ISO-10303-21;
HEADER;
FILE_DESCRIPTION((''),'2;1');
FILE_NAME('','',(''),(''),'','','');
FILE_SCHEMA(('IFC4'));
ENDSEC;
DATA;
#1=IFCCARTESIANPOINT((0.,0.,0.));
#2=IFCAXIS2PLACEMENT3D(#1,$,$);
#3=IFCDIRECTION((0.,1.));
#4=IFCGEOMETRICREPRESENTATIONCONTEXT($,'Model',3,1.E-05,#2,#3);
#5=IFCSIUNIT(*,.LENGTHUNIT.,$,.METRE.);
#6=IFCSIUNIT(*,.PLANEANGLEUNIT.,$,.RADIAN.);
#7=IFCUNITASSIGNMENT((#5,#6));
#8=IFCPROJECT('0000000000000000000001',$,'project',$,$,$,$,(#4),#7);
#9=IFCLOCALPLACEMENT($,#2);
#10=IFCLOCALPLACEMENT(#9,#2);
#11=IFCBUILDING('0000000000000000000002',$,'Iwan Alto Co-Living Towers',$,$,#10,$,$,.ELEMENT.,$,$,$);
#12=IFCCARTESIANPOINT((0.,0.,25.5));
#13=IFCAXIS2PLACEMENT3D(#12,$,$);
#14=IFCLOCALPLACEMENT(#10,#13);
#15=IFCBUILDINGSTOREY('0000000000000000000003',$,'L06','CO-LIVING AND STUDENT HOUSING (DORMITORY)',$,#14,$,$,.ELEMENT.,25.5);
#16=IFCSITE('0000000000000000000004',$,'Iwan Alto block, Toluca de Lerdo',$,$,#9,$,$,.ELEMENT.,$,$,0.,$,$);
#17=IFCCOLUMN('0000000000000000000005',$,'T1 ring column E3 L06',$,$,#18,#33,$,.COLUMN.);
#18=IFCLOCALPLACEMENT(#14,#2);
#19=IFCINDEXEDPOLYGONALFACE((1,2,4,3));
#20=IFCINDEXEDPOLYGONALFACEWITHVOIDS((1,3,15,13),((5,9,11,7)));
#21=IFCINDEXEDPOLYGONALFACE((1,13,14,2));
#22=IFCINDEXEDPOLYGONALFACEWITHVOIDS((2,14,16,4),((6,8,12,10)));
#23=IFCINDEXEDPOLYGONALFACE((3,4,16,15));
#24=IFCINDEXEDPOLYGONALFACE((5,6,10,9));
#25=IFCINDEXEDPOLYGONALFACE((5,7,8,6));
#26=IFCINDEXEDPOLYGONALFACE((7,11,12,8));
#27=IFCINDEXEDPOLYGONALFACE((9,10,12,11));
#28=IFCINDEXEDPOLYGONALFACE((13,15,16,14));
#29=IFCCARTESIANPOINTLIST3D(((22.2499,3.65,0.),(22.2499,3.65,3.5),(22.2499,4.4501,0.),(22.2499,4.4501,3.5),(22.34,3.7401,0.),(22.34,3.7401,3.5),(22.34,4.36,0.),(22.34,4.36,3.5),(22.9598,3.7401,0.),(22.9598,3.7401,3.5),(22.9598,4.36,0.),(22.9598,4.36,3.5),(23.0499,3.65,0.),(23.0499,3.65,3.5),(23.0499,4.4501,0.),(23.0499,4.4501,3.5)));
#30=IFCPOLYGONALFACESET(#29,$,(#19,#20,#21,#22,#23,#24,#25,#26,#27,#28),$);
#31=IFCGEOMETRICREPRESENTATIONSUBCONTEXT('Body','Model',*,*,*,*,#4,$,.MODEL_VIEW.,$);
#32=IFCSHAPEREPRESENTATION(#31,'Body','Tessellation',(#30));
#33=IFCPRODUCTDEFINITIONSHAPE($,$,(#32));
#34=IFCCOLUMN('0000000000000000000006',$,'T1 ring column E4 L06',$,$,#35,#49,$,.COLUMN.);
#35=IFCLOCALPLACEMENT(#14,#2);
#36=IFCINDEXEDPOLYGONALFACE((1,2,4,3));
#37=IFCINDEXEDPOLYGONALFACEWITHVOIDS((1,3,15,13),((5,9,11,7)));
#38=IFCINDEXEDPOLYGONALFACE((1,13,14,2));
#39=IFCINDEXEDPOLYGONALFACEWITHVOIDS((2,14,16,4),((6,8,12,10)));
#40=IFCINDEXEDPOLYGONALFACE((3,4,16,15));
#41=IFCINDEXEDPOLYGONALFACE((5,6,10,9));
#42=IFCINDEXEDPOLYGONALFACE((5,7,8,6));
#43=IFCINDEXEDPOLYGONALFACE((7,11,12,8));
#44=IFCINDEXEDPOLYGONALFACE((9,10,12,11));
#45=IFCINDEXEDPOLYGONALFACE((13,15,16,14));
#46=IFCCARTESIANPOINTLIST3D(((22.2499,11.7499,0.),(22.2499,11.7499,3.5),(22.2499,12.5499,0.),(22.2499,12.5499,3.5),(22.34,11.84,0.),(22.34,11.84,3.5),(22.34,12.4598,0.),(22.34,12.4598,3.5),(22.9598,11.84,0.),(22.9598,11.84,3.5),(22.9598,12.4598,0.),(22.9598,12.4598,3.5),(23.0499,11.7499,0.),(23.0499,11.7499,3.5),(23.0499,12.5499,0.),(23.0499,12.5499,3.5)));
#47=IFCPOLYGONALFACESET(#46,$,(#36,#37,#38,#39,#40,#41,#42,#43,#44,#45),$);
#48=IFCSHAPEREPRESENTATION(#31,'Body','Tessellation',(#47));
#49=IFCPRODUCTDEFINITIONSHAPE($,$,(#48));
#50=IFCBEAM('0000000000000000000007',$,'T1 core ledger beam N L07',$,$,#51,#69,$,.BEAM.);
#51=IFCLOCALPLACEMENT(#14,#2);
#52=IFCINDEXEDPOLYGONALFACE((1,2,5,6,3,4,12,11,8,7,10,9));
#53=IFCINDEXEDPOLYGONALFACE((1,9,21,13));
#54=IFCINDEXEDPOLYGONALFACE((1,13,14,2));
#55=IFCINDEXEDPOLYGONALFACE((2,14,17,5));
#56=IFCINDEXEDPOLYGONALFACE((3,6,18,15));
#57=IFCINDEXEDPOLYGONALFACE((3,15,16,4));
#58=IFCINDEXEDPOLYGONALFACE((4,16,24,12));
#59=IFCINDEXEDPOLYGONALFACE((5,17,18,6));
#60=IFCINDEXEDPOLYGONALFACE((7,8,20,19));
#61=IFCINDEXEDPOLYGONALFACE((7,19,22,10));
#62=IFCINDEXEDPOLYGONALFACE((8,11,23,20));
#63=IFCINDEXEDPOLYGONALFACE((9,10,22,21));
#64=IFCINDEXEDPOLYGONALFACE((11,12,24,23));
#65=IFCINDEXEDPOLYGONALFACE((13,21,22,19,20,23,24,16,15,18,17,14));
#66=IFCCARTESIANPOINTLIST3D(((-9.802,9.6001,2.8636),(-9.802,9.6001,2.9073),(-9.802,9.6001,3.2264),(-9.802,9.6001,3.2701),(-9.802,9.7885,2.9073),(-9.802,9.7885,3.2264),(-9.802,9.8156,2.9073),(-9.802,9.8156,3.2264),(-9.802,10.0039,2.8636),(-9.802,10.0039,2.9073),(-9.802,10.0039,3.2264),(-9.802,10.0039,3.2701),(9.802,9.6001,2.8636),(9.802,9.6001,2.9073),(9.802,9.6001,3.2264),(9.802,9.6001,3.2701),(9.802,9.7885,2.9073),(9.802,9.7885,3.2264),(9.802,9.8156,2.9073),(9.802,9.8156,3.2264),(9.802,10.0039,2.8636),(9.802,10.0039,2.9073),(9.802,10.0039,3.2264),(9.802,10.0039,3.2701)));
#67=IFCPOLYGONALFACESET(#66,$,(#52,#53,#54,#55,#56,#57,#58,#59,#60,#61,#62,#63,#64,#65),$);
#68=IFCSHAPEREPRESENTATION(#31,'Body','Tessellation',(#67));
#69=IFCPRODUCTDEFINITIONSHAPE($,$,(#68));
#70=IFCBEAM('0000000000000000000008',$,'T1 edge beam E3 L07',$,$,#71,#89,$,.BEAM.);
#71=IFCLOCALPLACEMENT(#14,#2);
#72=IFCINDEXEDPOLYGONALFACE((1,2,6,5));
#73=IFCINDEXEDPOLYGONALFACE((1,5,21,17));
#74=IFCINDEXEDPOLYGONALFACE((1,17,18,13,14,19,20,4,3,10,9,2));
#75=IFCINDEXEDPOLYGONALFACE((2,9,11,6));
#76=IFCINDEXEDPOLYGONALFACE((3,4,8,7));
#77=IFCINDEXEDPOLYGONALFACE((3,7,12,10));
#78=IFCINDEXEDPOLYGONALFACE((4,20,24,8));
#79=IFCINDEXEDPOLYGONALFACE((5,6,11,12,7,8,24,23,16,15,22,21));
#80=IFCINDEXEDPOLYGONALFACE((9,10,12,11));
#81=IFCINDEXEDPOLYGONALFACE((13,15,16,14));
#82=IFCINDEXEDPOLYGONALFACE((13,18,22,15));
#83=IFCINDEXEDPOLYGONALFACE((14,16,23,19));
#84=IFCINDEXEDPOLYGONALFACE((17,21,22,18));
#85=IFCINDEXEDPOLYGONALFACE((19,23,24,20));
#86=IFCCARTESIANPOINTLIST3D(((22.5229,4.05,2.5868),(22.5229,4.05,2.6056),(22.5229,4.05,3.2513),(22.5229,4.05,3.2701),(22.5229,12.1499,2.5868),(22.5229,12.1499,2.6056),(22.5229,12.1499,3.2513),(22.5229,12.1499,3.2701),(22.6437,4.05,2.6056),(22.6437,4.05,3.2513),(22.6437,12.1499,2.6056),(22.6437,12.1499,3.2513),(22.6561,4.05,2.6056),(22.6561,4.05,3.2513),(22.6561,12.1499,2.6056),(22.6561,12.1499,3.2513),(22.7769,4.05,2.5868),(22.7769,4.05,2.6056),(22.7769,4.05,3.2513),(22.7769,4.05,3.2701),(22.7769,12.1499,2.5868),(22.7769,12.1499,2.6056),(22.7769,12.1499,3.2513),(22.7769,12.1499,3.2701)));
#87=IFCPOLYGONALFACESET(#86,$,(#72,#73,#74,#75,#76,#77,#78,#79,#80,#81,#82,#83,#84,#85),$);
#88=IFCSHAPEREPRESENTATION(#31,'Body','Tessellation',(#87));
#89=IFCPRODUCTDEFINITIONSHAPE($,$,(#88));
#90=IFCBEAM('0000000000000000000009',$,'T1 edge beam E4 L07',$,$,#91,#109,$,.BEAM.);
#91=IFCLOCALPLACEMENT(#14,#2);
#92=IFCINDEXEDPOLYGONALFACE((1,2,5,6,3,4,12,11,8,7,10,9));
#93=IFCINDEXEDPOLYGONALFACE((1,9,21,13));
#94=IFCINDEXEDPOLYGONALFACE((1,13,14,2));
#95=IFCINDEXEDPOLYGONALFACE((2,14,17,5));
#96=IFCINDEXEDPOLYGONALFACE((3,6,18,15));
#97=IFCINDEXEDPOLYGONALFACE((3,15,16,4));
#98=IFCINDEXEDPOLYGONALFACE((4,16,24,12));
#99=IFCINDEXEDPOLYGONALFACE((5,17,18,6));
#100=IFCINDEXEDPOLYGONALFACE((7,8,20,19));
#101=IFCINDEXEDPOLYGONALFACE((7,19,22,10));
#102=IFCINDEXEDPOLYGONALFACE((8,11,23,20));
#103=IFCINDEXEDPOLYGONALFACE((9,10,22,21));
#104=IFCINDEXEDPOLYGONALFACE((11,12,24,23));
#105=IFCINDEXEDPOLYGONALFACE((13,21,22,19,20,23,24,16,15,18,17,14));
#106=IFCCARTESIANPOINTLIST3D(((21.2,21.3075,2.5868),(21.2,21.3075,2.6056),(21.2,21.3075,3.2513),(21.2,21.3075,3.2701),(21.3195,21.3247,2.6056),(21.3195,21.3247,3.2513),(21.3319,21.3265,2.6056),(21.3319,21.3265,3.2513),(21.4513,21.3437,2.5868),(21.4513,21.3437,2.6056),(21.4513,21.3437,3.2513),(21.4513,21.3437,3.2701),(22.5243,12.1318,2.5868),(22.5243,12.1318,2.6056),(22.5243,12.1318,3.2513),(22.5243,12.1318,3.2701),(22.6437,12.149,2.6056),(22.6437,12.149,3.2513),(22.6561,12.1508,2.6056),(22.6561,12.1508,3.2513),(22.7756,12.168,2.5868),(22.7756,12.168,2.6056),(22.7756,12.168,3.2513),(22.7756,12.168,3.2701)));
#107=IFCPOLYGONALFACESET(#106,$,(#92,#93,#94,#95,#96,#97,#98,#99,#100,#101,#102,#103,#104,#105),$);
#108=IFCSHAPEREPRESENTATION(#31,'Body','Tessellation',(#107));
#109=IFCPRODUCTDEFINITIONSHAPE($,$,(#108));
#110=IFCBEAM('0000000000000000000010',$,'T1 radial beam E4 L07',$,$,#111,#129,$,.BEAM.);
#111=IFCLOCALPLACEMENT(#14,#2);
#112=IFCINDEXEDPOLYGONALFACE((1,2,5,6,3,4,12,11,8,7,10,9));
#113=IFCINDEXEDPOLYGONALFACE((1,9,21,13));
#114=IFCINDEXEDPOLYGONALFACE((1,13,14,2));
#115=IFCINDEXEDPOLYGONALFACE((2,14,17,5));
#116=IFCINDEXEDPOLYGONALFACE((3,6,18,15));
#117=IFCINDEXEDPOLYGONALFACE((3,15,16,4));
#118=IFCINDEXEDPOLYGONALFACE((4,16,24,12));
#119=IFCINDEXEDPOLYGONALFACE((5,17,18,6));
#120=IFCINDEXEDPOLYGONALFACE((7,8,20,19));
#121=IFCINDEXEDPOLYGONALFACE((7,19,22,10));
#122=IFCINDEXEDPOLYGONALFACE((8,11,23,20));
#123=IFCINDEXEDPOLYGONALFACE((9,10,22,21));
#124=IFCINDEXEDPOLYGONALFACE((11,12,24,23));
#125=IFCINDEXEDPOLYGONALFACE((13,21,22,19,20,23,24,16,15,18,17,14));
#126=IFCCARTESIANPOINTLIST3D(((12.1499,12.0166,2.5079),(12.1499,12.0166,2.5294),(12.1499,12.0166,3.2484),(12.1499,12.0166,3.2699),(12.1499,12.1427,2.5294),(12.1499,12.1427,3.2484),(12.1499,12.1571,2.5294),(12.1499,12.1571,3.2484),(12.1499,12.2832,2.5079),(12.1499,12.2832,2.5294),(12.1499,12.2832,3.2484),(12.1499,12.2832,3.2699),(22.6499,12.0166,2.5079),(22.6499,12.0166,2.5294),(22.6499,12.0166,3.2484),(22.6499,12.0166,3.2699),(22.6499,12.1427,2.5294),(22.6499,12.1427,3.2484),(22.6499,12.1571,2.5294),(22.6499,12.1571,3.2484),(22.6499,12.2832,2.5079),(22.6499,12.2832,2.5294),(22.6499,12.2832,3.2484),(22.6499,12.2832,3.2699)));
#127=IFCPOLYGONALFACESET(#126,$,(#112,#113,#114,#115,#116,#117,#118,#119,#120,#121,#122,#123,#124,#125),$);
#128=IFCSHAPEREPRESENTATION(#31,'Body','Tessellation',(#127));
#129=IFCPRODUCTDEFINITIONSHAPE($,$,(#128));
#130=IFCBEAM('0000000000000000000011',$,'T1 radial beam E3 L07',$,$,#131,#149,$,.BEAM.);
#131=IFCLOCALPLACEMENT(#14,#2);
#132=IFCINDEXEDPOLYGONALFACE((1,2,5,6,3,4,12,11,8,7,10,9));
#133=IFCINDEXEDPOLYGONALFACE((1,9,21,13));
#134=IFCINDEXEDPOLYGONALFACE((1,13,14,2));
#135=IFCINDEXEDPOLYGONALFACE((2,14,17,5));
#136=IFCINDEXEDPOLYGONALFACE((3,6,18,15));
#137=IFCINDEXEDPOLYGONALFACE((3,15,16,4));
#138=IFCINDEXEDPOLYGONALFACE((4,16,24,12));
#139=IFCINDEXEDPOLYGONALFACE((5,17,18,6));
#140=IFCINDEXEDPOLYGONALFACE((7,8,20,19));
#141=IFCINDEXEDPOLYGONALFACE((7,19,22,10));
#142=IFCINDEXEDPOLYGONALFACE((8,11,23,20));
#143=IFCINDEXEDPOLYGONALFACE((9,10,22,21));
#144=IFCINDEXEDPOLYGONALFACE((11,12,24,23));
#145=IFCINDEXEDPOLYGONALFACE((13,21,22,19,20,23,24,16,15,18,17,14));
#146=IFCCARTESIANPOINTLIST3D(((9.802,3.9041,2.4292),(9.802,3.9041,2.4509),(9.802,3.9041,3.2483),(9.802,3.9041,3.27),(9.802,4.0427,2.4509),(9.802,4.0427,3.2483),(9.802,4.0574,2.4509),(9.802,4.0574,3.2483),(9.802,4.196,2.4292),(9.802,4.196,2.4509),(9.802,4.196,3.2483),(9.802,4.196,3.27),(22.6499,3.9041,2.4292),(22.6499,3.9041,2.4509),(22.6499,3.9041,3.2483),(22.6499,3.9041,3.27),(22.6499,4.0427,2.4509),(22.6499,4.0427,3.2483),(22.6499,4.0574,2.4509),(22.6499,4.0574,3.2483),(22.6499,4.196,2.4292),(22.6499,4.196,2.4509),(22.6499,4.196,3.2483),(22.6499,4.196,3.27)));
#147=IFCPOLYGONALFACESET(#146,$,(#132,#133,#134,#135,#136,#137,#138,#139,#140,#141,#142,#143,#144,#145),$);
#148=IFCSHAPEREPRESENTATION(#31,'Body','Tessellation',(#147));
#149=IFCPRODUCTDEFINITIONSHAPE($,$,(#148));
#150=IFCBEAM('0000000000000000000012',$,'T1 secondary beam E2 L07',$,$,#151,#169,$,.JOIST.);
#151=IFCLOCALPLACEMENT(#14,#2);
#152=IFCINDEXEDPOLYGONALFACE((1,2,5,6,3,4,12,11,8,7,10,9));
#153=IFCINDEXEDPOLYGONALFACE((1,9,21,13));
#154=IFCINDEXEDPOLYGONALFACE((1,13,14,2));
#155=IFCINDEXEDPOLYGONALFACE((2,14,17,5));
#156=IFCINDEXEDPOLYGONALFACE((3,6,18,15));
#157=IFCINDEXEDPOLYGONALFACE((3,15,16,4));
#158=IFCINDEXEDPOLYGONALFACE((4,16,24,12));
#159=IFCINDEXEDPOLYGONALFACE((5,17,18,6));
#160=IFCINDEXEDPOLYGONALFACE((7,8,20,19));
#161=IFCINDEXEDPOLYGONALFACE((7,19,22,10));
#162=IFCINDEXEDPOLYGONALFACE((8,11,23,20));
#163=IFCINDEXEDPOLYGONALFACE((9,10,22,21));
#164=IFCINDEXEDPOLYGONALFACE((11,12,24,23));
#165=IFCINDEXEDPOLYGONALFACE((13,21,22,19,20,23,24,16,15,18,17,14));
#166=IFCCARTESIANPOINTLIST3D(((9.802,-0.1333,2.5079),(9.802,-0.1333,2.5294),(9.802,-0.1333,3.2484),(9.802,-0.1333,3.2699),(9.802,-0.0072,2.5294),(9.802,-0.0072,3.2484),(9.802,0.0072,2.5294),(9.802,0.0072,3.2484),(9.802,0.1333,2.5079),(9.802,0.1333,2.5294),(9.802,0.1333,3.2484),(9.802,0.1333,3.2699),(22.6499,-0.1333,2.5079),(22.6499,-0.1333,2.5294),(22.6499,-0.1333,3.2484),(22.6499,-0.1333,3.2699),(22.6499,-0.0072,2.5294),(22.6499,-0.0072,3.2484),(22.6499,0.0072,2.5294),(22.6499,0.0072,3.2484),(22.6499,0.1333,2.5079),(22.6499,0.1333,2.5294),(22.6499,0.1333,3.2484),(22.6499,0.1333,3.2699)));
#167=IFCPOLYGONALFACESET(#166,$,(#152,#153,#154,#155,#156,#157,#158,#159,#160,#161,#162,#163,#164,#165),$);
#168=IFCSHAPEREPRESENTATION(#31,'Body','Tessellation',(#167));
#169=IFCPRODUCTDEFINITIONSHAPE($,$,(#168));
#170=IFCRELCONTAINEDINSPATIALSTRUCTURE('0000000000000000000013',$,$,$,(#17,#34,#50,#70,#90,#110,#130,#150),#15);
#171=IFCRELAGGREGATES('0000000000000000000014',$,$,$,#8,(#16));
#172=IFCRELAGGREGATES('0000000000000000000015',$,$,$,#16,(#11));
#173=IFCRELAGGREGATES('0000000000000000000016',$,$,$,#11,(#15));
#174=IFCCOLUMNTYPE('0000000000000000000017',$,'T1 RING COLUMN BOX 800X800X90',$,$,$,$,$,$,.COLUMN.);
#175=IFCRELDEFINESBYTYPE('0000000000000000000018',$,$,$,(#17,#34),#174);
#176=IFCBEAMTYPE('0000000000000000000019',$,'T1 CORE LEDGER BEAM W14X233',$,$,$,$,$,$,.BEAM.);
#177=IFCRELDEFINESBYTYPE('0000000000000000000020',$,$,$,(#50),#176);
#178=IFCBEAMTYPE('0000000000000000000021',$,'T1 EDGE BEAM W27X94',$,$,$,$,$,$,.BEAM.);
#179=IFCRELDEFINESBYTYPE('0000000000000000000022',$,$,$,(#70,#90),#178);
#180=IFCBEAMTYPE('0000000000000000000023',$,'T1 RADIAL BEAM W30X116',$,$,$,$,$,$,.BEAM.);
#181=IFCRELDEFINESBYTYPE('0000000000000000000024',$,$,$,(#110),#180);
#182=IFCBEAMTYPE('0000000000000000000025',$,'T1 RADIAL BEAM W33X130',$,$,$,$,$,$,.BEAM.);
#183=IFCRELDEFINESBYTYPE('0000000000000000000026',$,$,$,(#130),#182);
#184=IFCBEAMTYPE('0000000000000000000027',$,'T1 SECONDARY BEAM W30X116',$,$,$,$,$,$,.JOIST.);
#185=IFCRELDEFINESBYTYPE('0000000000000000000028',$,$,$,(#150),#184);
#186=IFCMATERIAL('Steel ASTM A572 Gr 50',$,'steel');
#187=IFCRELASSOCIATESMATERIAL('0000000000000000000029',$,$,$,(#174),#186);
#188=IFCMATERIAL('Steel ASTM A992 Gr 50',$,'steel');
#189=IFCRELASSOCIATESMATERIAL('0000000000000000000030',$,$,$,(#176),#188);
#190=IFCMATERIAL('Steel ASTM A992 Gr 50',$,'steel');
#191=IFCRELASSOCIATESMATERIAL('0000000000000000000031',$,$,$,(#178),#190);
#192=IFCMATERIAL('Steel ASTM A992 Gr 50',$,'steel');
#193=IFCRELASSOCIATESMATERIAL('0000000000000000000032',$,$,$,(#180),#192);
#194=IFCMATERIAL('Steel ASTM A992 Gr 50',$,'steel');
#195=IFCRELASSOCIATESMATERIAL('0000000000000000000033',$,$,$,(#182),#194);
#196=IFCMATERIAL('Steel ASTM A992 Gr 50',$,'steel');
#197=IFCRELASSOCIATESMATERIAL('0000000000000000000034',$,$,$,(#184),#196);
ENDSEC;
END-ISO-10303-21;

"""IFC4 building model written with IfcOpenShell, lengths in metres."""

from ifc_helpers import new_model, si_unit, direction, frame, origin, origin_2d, place, context, subcontext, project, spatial, hollow_rectangle, i_section, extrude, material, material_profile, profile_set, type_object, element, save


model = new_model("IFC4")

# Units and contexts
model_context = context("Model", 3, precision=1e-05, world=origin(), true_north=direction((0.0, 1.0)))
body_context = subcontext(model_context, "Body", "Model", "MODEL_VIEW")
ifc_project = project(units=[si_unit("LENGTHUNIT", "METRE"), si_unit("PLANEANGLEUNIT", "RADIAN")], contexts=[model_context])

# Site, building, storey
site_placement = place(None, origin())
site = spatial("IfcSite", under=ifc_project, at=site_placement, Name="Iwan Alto block, Toluca de Lerdo", CompositionType="ELEMENT", RefElevation=0.0)
building_placement = place(site_placement, origin())
building = spatial("IfcBuilding", under=site, at=building_placement, Name="Iwan Alto Co-Living Towers", CompositionType="ELEMENT")
storey_placement = place(building_placement, frame((0.0, 0.0, 25.5)))
storey = spatial("IfcBuildingStorey", under=building, at=storey_placement, Name="L06", Description="CO-LIVING AND STUDENT HOUSING (DORMITORY)", CompositionType="ELEMENT", Elevation=25.5)

# Columns
ifc_material_1 = material(Name="Steel ASTM A572 Gr 50", Category="steel")
ifc_material_profile_1 = material_profile(ifc_material_1, hollow_rectangle(XDim=0.8, YDim=0.8, WallThickness=0.0901, at=origin_2d()), Name="BOX 800X800X90")
ifc_profile_set_1 = profile_set([ifc_material_profile_1], Name="Steel ASTM A572 Gr 50")
column_type = type_object("IfcColumnType", Name="T1 RING COLUMN BOX 800X800X90", PredefinedType="COLUMN", material=ifc_profile_set_1)
for number, where, z_axis, x_axis, name in (
    (1, (22.6499, 4.05, 0.0), (0.0, 0.0, 1.0), (1.0, 0.0, 0.0), "T1 ring column E3 L06"),
    (2, (22.6499, 12.1499, 0.0), (0.0, 0.0, 1.0), (1.0, 0.0, 0.0), "T1 ring column E4 L06"),
):
    element("IfcColumn", number, at=place(storey_placement, frame(where, z_axis=z_axis, x_axis=x_axis)), inside=storey, type_object=column_type, Name=name, PredefinedType="COLUMN", context=body_context, shape_type="SweptSolid", body=[
        extrude(hollow_rectangle(XDim=0.8, YDim=0.8, WallThickness=0.0901, at=origin_2d()), origin(), (0.0, 0.0, 1.0), 3.5),
    ])

# Beams
ifc_material_2 = material(Name="Steel ASTM A992 Gr 50", Category="steel")
ifc_material_profile_2 = material_profile(ifc_material_2, i_section(OverallWidth=0.4038, OverallDepth=0.4065, WebThickness=0.0271, FlangeThickness=0.0437, at=origin_2d()), Name="W14X233")
ifc_profile_set_2 = profile_set([ifc_material_profile_2], Name="Steel ASTM A992 Gr 50")
beam_type_1 = type_object("IfcBeamType", Name="T1 CORE LEDGER BEAM W14X233", PredefinedType="BEAM", material=ifc_profile_set_2)
beam_1_placement = place(storey_placement, frame((9.802, 9.802, 3.0669), z_axis=(-1.0, 0.0, 0.0), x_axis=(0.0, -1.0, 0.0)))
element("IfcBeam", 3, at=beam_1_placement, inside=storey, type_object=beam_type_1, Name="T1 core ledger beam N L07", PredefinedType="BEAM", context=body_context, shape_type="SweptSolid", body=[
    extrude(i_section(OverallWidth=0.4038, OverallDepth=0.4065, WebThickness=0.0271, FlangeThickness=0.0437, at=origin_2d()), origin(), (0.0, 0.0, 1.0), 19.604),
])
ifc_material_3 = material(Name="Steel ASTM A992 Gr 50", Category="steel")
ifc_material_profile_3 = material_profile(ifc_material_3, i_section(OverallWidth=0.2539, OverallDepth=0.6833, WebThickness=0.0125, FlangeThickness=0.0188, at=origin_2d()), Name="W27X94")
ifc_profile_set_3 = profile_set([ifc_material_profile_3], Name="Steel ASTM A992 Gr 50")
beam_type_2 = type_object("IfcBeamType", Name="T1 EDGE BEAM W27X94", PredefinedType="BEAM", material=ifc_profile_set_3)
beam_2_placement = place(storey_placement, frame((22.6499, 4.05, 2.9285), z_axis=(0.0, 1.0, 0.0), x_axis=(-1.0, 0.0, 0.0)))
element("IfcBeam", 4, at=beam_2_placement, inside=storey, type_object=beam_type_2, Name="T1 edge beam E3 L07", PredefinedType="BEAM", context=body_context, shape_type="SweptSolid", body=[
    extrude(i_section(OverallWidth=0.2539, OverallDepth=0.6833, WebThickness=0.0125, FlangeThickness=0.0188, at=origin_2d()), origin(), (0.0, 0.0, 1.0), 8.0999),
])
beam_3_placement = place(storey_placement, frame((22.6499, 12.1499, 2.9285), z_axis=(-0.142837, 0.989746, 0.0), x_axis=(-0.989746, -0.142837, 0.0)))
element("IfcBeam", 5, at=beam_3_placement, inside=storey, type_object=beam_type_2, Name="T1 edge beam E4 L07", PredefinedType="BEAM", context=body_context, shape_type="SweptSolid", body=[
    extrude(i_section(OverallWidth=0.2539, OverallDepth=0.6833, WebThickness=0.0125, FlangeThickness=0.0188, at=origin_2d()), origin(), (0.0, 0.0, 1.0), 9.2708),
])
ifc_material_4 = material(Name="Steel ASTM A992 Gr 50", Category="steel")
ifc_material_profile_4 = material_profile(ifc_material_4, i_section(OverallWidth=0.2666, OverallDepth=0.762, WebThickness=0.0144, FlangeThickness=0.0215, at=origin_2d()), Name="W30X116")
ifc_profile_set_4 = profile_set([ifc_material_profile_4], Name="Steel ASTM A992 Gr 50")
beam_type_3 = type_object("IfcBeamType", Name="T1 RADIAL BEAM W30X116", PredefinedType="BEAM", material=ifc_profile_set_4)
beam_4_placement = place(storey_placement, frame((22.6499, 12.1499, 2.8889), z_axis=(-1.0, 0.0, 0.0), x_axis=(0.0, -1.0, 0.0)))
element("IfcBeam", 6, at=beam_4_placement, inside=storey, type_object=beam_type_3, Name="T1 radial beam E4 L07", PredefinedType="BEAM", context=body_context, shape_type="SweptSolid", body=[
    extrude(i_section(OverallWidth=0.2666, OverallDepth=0.762, WebThickness=0.0144, FlangeThickness=0.0215, at=origin_2d()), origin(), (0.0, 0.0, 1.0), 10.5),
])
ifc_material_5 = material(Name="Steel ASTM A992 Gr 50", Category="steel")
ifc_material_profile_5 = material_profile(ifc_material_5, i_section(OverallWidth=0.292, OverallDepth=0.8408, WebThickness=0.0146, FlangeThickness=0.0217, at=origin_2d()), Name="W33X130")
ifc_profile_set_5 = profile_set([ifc_material_profile_5], Name="Steel ASTM A992 Gr 50")
beam_type_4 = type_object("IfcBeamType", Name="T1 RADIAL BEAM W33X130", PredefinedType="BEAM", material=ifc_profile_set_5)
beam_5_placement = place(storey_placement, frame((22.6499, 4.05, 2.8496), z_axis=(-1.0, 0.0, 0.0), x_axis=(0.0, -1.0, 0.0)))
element("IfcBeam", 7, at=beam_5_placement, inside=storey, type_object=beam_type_4, Name="T1 radial beam E3 L07", PredefinedType="BEAM", context=body_context, shape_type="SweptSolid", body=[
    extrude(i_section(OverallWidth=0.292, OverallDepth=0.8408, WebThickness=0.0146, FlangeThickness=0.0217, at=origin_2d()), origin(), (0.0, 0.0, 1.0), 12.8479),
])
ifc_material_6 = material(Name="Steel ASTM A992 Gr 50", Category="steel")
ifc_material_profile_6 = material_profile(ifc_material_6, i_section(OverallWidth=0.2666, OverallDepth=0.762, WebThickness=0.0144, FlangeThickness=0.0215, at=origin_2d()), Name="W30X116")
ifc_profile_set_6 = profile_set([ifc_material_profile_6], Name="Steel ASTM A992 Gr 50")
beam_type_5 = type_object("IfcBeamType", Name="T1 SECONDARY BEAM W30X116", PredefinedType="JOIST", material=ifc_profile_set_6)
for number, where, z_axis, x_axis, name in (
    (8, (22.6499, 0.0, 2.8889), (-1.0, 0.0, 0.0), (0.0, -1.0, 0.0), "T1 secondary beam E2 L07"),
):
    element("IfcBeam", number, at=place(storey_placement, frame(where, z_axis=z_axis, x_axis=x_axis)), inside=storey, type_object=beam_type_5, Name=name, PredefinedType="JOIST", context=body_context, shape_type="SweptSolid", body=[
        extrude(i_section(OverallWidth=0.2666, OverallDepth=0.762, WebThickness=0.0144, FlangeThickness=0.0215, at=origin_2d()), origin(), (0.0, 0.0, 1.0), 12.8479),
    ])

save(model, "model.ifc")
